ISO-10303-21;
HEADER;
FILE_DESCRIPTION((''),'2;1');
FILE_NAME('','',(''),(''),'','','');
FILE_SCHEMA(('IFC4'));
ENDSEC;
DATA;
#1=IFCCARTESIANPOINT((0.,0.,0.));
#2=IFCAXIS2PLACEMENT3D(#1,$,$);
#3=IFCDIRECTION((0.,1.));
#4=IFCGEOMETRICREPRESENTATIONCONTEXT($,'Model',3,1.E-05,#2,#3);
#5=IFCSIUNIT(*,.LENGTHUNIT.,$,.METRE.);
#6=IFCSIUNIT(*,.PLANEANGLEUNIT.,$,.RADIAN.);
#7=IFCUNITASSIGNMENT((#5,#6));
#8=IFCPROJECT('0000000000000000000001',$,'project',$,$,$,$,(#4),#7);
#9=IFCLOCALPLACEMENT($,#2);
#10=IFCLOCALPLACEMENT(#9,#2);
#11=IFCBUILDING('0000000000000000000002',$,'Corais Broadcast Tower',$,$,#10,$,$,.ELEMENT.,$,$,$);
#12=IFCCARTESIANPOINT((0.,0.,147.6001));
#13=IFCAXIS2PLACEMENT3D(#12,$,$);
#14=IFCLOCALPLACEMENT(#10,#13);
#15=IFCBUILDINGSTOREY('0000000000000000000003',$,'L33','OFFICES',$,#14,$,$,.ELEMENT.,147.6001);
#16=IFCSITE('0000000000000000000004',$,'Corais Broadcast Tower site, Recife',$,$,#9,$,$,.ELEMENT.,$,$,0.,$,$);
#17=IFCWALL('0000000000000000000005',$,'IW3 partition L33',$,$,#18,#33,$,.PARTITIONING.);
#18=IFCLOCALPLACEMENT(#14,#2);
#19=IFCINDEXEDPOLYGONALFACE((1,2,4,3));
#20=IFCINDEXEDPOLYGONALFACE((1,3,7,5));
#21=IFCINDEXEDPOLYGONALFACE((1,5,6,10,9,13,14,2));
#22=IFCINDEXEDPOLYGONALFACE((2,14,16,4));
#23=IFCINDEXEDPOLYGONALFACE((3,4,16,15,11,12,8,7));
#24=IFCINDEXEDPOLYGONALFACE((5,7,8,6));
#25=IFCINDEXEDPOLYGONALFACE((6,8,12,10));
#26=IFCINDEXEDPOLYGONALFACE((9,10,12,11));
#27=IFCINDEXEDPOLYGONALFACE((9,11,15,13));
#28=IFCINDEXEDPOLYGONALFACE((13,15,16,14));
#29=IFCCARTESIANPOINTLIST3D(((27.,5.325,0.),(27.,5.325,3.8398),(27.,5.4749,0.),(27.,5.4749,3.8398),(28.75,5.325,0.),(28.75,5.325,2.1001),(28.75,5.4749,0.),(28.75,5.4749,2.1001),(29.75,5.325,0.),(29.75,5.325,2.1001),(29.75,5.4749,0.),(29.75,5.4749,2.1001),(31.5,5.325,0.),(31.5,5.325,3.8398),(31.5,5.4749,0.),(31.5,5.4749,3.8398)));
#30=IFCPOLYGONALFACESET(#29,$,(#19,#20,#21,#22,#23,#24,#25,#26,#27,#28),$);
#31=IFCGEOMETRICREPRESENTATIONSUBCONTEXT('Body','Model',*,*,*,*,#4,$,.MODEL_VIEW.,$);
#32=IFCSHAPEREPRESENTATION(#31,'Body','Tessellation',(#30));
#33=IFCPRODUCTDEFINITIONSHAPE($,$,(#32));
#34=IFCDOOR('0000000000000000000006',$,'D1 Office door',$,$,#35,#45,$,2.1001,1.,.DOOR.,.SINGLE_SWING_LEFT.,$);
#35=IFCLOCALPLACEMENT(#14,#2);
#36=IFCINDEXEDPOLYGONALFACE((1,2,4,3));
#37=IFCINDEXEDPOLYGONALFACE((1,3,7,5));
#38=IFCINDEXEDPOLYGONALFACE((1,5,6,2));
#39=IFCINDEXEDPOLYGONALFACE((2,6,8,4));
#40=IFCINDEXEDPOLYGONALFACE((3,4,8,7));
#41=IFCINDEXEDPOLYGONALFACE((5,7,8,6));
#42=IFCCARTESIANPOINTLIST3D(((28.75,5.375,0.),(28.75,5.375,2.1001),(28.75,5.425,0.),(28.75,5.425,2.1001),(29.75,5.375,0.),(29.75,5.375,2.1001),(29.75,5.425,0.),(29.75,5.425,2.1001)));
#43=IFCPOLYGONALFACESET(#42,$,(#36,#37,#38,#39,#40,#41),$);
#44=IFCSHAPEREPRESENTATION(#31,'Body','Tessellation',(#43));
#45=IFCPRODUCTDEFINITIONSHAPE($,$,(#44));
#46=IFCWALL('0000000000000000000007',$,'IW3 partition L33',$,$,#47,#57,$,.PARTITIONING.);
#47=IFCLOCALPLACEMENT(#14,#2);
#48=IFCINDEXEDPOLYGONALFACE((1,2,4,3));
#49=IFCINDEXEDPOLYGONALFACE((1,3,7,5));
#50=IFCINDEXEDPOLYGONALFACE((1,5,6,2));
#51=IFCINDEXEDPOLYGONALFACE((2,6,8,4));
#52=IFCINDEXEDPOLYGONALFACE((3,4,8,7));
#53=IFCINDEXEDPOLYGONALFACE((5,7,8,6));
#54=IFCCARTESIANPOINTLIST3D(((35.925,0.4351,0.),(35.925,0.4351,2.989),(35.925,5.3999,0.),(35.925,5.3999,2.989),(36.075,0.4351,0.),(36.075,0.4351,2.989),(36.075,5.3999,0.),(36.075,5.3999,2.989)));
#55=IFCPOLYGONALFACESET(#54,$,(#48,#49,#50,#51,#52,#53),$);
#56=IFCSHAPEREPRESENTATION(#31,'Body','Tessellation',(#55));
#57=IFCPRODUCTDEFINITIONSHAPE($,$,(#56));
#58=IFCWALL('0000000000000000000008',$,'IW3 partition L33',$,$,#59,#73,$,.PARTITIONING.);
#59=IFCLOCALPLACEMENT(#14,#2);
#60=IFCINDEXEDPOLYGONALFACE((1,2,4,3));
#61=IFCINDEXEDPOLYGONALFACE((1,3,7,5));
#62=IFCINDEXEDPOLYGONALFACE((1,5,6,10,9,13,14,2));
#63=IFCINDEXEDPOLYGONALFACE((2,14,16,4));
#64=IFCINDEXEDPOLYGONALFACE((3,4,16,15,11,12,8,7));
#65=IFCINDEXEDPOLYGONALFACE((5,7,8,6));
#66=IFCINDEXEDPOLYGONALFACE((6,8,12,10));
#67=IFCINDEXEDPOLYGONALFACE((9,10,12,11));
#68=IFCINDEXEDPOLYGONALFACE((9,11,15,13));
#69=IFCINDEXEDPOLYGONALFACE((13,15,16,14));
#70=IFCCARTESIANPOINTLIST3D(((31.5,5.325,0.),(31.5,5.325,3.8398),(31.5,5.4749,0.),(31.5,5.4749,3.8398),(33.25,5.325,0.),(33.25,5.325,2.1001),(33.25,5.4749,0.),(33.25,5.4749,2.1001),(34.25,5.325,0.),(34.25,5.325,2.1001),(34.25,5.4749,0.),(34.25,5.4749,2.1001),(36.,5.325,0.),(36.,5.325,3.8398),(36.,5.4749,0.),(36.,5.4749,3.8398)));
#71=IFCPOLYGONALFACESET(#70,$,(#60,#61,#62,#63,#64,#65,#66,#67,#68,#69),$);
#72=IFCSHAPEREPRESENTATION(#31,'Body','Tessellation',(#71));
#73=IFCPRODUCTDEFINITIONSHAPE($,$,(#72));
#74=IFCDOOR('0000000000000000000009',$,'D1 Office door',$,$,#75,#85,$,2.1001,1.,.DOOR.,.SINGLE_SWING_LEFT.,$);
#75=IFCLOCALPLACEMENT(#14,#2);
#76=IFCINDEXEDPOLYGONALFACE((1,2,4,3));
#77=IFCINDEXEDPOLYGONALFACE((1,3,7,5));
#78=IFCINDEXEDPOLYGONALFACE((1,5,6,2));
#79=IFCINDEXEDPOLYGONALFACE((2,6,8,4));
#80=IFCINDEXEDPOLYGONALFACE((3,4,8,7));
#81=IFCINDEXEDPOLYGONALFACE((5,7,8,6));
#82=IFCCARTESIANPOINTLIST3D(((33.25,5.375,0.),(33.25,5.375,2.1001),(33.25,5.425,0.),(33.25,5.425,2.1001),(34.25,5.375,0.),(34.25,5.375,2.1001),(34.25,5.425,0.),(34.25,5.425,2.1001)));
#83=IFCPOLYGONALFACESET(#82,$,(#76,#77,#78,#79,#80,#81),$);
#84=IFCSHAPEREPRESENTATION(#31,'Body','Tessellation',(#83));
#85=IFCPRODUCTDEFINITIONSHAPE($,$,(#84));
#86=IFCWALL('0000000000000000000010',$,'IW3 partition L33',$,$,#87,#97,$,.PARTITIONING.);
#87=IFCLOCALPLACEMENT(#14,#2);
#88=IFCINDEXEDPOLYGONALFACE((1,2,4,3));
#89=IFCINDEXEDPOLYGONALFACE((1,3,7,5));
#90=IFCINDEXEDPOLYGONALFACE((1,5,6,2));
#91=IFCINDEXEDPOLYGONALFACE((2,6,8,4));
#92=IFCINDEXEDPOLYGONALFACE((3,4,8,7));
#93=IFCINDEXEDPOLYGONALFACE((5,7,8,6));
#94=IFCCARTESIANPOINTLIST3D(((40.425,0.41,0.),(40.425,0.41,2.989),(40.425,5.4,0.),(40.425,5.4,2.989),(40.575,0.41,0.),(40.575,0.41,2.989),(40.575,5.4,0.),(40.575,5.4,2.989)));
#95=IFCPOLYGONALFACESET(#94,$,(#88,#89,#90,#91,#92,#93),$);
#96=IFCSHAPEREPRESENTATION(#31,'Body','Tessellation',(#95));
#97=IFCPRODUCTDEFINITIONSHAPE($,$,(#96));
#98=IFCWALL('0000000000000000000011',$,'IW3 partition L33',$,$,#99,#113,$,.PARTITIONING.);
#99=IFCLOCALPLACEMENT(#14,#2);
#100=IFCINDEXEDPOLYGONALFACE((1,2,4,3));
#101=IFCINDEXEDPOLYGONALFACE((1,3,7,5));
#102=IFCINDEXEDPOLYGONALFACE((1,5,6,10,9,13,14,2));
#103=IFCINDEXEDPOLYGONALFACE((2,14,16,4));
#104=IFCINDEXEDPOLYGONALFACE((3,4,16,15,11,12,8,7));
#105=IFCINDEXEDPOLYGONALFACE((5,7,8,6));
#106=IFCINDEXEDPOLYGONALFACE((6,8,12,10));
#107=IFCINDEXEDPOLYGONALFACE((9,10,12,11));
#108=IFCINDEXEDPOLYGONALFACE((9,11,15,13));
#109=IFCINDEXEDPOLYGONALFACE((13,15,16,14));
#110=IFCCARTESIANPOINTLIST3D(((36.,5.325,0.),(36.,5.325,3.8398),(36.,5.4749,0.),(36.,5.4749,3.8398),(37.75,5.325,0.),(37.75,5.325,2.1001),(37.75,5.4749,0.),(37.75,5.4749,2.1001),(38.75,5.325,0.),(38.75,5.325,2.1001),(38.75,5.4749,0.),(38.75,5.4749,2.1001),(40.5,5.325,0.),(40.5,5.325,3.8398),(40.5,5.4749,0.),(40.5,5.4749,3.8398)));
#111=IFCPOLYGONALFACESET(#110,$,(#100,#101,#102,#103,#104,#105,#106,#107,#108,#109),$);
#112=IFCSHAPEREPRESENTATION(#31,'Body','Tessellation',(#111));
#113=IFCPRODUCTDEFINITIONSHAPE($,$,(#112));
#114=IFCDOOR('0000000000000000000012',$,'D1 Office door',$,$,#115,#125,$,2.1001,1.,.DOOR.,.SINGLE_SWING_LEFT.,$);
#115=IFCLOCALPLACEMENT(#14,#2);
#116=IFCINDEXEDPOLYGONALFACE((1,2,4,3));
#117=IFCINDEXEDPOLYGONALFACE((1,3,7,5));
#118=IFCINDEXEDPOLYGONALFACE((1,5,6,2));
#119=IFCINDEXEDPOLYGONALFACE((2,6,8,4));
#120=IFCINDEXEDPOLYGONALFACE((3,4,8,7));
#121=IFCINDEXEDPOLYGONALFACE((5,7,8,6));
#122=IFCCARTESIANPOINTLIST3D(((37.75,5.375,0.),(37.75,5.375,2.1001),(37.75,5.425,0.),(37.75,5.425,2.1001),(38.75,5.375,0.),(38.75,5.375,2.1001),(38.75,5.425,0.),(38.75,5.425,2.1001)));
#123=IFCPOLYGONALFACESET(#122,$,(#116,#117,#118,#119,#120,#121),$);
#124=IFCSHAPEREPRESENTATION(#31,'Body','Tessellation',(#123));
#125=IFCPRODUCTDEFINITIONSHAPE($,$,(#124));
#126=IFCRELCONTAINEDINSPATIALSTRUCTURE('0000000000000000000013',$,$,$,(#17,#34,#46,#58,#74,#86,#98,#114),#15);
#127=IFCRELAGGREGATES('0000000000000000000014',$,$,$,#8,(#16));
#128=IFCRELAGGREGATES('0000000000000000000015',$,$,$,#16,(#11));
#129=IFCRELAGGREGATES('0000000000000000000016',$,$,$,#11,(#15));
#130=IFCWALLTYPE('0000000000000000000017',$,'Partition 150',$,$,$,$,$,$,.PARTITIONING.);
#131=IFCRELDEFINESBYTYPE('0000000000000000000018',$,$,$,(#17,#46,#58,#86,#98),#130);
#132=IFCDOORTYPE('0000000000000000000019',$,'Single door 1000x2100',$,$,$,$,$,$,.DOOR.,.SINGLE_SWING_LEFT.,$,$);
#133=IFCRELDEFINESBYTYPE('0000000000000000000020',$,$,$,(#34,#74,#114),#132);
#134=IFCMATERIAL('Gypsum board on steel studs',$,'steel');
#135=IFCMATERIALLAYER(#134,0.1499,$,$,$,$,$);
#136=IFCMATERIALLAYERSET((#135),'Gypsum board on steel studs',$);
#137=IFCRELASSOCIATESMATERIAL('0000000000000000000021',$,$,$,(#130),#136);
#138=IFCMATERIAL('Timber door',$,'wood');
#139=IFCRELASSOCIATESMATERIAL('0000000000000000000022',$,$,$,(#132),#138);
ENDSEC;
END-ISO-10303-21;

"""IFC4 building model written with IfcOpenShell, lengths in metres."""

from ifc_helpers import new_model, si_unit, direction, frame, frame_2d, origin, place, context, subcontext, project, spatial, rectangle, extrude, material, layer, layer_set, type_object, element, fill, save


model = new_model("IFC4")

# Units and contexts
model_context = context("Model", 3, precision=1e-05, world=origin(), true_north=direction((0.0, 1.0)))
body_context = subcontext(model_context, "Body", "Model", "MODEL_VIEW")
ifc_project = project(units=[si_unit("LENGTHUNIT", "METRE"), si_unit("PLANEANGLEUNIT", "RADIAN")], contexts=[model_context])

# Site, building, storey
site_placement = place(None, origin())
site = spatial("IfcSite", under=ifc_project, at=site_placement, Name="Corais Broadcast Tower site, Recife", CompositionType="ELEMENT", RefElevation=0.0)
building_placement = place(site_placement, origin())
building = spatial("IfcBuilding", under=site, at=building_placement, Name="Corais Broadcast Tower", CompositionType="ELEMENT")
storey_placement = place(building_placement, frame((0.0, 0.0, 147.6001)))
storey = spatial("IfcBuildingStorey", under=building, at=storey_placement, Name="L33", Description="OFFICES", CompositionType="ELEMENT", Elevation=147.6001)

# Shared definitions
ifc_material_1 = material(Name="Gypsum board on steel studs", Category="steel")
ifc_layer = layer(ifc_material_1, 0.1499)
ifc_layer_set = layer_set([ifc_layer], Name="Gypsum board on steel studs")
wall_type = type_object("IfcWallType", Name="Partition 150", PredefinedType="PARTITIONING", material=ifc_layer_set)

# Shared definitions
ifc_material_2 = material(Name="Timber door", Category="wood")
door_type = type_object("IfcDoorType", Name="Single door 1000x2100", OperationType="SINGLE_SWING_LEFT", PredefinedType="DOOR", material=ifc_material_2)

# Wall, opening, door
wall_1_placement = place(storey_placement, frame((31.5, 5.3999, 0.0), z_axis=(0.0, 0.0, 1.0), x_axis=(-1.0, 0.0, 0.0)))
wall_1 = element("IfcWall", 1, at=wall_1_placement, inside=storey, type_object=wall_type, Name="IW3 partition L33", PredefinedType="PARTITIONING", context=body_context, shape_type="SweptSolid", body=[
    extrude(rectangle(XDim=4.5, YDim=0.1499, at=frame_2d((2.25, 0.0))), origin(), (0.0, 0.0, 1.0), 3.8398),
])
opening_1_placement = place(wall_1_placement, frame((1.75, 0.0, 0.0)))
opening_1 = element("IfcOpeningElement", 2, at=opening_1_placement, cuts=wall_1, PredefinedType="OPENING", context=body_context, shape_type="SweptSolid", body=[
    extrude(rectangle(XDim=1.0, YDim=2.1001, at=frame_2d((0.5, 1.05))), frame((0.0, 0.085, 0.0), z_axis=(0.0, -1.0, 0.0), x_axis=(1.0, 0.0, 0.0)), (0.0, 0.0, 1.0), 0.1699),
])
door_1_placement = place(opening_1_placement, origin())
door_1 = element("IfcDoor", 3, at=door_1_placement, inside=storey, type_object=door_type, Name="D1 Office door", OperationType="SINGLE_SWING_LEFT", OverallHeight=2.1001, OverallWidth=1.0, PredefinedType="DOOR", context=body_context, shape_type="SweptSolid", body=[
    extrude(rectangle(XDim=1.0, YDim=2.1001, at=frame_2d((0.5, 1.05))), frame((0.0, 0.0249, 0.0), z_axis=(0.0, -1.0, 0.0), x_axis=(1.0, 0.0, 0.0)), (0.0, 0.0, 1.0), 0.05),
])
fill(opening_1, door_1)

# Wall
wall_2_placement = place(storey_placement, frame((36.0, 0.4351, 0.0), z_axis=(0.0, 0.0, 1.0), x_axis=(0.0, 1.0, 0.0)))
element("IfcWall", 4, at=wall_2_placement, inside=storey, type_object=wall_type, Name="IW3 partition L33", PredefinedType="PARTITIONING", context=body_context, shape_type="SweptSolid", body=[
    extrude(rectangle(XDim=4.9648, YDim=0.1499, at=frame_2d((2.4824, 0.0))), origin(), (0.0, 0.0, 1.0), 2.989),
])

# Wall, opening, door
wall_3_placement = place(storey_placement, frame((36.0, 5.3999, 0.0), z_axis=(0.0, 0.0, 1.0), x_axis=(-1.0, 0.0, 0.0)))
wall_3 = element("IfcWall", 5, at=wall_3_placement, inside=storey, type_object=wall_type, Name="IW3 partition L33", PredefinedType="PARTITIONING", context=body_context, shape_type="SweptSolid", body=[
    extrude(rectangle(XDim=4.5, YDim=0.1499, at=frame_2d((2.25, 0.0))), origin(), (0.0, 0.0, 1.0), 3.8398),
])
opening_2_placement = place(wall_3_placement, frame((1.75, 0.0, 0.0)))
opening_2 = element("IfcOpeningElement", 6, at=opening_2_placement, cuts=wall_3, PredefinedType="OPENING", context=body_context, shape_type="SweptSolid", body=[
    extrude(rectangle(XDim=1.0, YDim=2.1001, at=frame_2d((0.5, 1.05))), frame((0.0, 0.085, 0.0), z_axis=(0.0, -1.0, 0.0), x_axis=(1.0, 0.0, 0.0)), (0.0, 0.0, 1.0), 0.1699),
])
door_2_placement = place(opening_2_placement, origin())
door_2 = element("IfcDoor", 7, at=door_2_placement, inside=storey, type_object=door_type, Name="D1 Office door", OperationType="SINGLE_SWING_LEFT", OverallHeight=2.1001, OverallWidth=1.0, PredefinedType="DOOR", context=body_context, shape_type="SweptSolid", body=[
    extrude(rectangle(XDim=1.0, YDim=2.1001, at=frame_2d((0.5, 1.05))), frame((0.0, 0.0249, 0.0), z_axis=(0.0, -1.0, 0.0), x_axis=(1.0, 0.0, 0.0)), (0.0, 0.0, 1.0), 0.05),
])
fill(opening_2, door_2)

# Wall
wall_4_placement = place(storey_placement, frame((40.5, 0.4099, 0.0), z_axis=(0.0, 0.0, 1.0), x_axis=(0.0, 1.0, 0.0)))
element("IfcWall", 8, at=wall_4_placement, inside=storey, type_object=wall_type, Name="IW3 partition L33", PredefinedType="PARTITIONING", context=body_context, shape_type="SweptSolid", body=[
    extrude(rectangle(XDim=4.99, YDim=0.1499, at=frame_2d((2.4951, 0.0))), origin(), (0.0, 0.0, 1.0), 2.989),
])

# Wall, opening, door
wall_5_placement = place(storey_placement, frame((40.5, 5.3999, 0.0), z_axis=(0.0, 0.0, 1.0), x_axis=(-1.0, 0.0, 0.0)))
wall_5 = element("IfcWall", 9, at=wall_5_placement, inside=storey, type_object=wall_type, Name="IW3 partition L33", PredefinedType="PARTITIONING", context=body_context, shape_type="SweptSolid", body=[
    extrude(rectangle(XDim=4.5, YDim=0.1499, at=frame_2d((2.25, 0.0))), origin(), (0.0, 0.0, 1.0), 3.8398),
])
opening_3_placement = place(wall_5_placement, frame((1.75, 0.0, 0.0)))
opening_3 = element("IfcOpeningElement", 10, at=opening_3_placement, cuts=wall_5, PredefinedType="OPENING", context=body_context, shape_type="SweptSolid", body=[
    extrude(rectangle(XDim=1.0, YDim=2.1001, at=frame_2d((0.5, 1.05))), frame((0.0, 0.085, 0.0), z_axis=(0.0, -1.0, 0.0), x_axis=(1.0, 0.0, 0.0)), (0.0, 0.0, 1.0), 0.1699),
])
door_3_placement = place(opening_3_placement, origin())
door_3 = element("IfcDoor", 11, at=door_3_placement, inside=storey, type_object=door_type, Name="D1 Office door", OperationType="SINGLE_SWING_LEFT", OverallHeight=2.1001, OverallWidth=1.0, PredefinedType="DOOR", context=body_context, shape_type="SweptSolid", body=[
    extrude(rectangle(XDim=1.0, YDim=2.1001, at=frame_2d((0.5, 1.05))), frame((0.0, 0.0249, 0.0), z_axis=(0.0, -1.0, 0.0), x_axis=(1.0, 0.0, 0.0)), (0.0, 0.0, 1.0), 0.05),
])
fill(opening_3, door_3)

save(model, "model.ifc")
